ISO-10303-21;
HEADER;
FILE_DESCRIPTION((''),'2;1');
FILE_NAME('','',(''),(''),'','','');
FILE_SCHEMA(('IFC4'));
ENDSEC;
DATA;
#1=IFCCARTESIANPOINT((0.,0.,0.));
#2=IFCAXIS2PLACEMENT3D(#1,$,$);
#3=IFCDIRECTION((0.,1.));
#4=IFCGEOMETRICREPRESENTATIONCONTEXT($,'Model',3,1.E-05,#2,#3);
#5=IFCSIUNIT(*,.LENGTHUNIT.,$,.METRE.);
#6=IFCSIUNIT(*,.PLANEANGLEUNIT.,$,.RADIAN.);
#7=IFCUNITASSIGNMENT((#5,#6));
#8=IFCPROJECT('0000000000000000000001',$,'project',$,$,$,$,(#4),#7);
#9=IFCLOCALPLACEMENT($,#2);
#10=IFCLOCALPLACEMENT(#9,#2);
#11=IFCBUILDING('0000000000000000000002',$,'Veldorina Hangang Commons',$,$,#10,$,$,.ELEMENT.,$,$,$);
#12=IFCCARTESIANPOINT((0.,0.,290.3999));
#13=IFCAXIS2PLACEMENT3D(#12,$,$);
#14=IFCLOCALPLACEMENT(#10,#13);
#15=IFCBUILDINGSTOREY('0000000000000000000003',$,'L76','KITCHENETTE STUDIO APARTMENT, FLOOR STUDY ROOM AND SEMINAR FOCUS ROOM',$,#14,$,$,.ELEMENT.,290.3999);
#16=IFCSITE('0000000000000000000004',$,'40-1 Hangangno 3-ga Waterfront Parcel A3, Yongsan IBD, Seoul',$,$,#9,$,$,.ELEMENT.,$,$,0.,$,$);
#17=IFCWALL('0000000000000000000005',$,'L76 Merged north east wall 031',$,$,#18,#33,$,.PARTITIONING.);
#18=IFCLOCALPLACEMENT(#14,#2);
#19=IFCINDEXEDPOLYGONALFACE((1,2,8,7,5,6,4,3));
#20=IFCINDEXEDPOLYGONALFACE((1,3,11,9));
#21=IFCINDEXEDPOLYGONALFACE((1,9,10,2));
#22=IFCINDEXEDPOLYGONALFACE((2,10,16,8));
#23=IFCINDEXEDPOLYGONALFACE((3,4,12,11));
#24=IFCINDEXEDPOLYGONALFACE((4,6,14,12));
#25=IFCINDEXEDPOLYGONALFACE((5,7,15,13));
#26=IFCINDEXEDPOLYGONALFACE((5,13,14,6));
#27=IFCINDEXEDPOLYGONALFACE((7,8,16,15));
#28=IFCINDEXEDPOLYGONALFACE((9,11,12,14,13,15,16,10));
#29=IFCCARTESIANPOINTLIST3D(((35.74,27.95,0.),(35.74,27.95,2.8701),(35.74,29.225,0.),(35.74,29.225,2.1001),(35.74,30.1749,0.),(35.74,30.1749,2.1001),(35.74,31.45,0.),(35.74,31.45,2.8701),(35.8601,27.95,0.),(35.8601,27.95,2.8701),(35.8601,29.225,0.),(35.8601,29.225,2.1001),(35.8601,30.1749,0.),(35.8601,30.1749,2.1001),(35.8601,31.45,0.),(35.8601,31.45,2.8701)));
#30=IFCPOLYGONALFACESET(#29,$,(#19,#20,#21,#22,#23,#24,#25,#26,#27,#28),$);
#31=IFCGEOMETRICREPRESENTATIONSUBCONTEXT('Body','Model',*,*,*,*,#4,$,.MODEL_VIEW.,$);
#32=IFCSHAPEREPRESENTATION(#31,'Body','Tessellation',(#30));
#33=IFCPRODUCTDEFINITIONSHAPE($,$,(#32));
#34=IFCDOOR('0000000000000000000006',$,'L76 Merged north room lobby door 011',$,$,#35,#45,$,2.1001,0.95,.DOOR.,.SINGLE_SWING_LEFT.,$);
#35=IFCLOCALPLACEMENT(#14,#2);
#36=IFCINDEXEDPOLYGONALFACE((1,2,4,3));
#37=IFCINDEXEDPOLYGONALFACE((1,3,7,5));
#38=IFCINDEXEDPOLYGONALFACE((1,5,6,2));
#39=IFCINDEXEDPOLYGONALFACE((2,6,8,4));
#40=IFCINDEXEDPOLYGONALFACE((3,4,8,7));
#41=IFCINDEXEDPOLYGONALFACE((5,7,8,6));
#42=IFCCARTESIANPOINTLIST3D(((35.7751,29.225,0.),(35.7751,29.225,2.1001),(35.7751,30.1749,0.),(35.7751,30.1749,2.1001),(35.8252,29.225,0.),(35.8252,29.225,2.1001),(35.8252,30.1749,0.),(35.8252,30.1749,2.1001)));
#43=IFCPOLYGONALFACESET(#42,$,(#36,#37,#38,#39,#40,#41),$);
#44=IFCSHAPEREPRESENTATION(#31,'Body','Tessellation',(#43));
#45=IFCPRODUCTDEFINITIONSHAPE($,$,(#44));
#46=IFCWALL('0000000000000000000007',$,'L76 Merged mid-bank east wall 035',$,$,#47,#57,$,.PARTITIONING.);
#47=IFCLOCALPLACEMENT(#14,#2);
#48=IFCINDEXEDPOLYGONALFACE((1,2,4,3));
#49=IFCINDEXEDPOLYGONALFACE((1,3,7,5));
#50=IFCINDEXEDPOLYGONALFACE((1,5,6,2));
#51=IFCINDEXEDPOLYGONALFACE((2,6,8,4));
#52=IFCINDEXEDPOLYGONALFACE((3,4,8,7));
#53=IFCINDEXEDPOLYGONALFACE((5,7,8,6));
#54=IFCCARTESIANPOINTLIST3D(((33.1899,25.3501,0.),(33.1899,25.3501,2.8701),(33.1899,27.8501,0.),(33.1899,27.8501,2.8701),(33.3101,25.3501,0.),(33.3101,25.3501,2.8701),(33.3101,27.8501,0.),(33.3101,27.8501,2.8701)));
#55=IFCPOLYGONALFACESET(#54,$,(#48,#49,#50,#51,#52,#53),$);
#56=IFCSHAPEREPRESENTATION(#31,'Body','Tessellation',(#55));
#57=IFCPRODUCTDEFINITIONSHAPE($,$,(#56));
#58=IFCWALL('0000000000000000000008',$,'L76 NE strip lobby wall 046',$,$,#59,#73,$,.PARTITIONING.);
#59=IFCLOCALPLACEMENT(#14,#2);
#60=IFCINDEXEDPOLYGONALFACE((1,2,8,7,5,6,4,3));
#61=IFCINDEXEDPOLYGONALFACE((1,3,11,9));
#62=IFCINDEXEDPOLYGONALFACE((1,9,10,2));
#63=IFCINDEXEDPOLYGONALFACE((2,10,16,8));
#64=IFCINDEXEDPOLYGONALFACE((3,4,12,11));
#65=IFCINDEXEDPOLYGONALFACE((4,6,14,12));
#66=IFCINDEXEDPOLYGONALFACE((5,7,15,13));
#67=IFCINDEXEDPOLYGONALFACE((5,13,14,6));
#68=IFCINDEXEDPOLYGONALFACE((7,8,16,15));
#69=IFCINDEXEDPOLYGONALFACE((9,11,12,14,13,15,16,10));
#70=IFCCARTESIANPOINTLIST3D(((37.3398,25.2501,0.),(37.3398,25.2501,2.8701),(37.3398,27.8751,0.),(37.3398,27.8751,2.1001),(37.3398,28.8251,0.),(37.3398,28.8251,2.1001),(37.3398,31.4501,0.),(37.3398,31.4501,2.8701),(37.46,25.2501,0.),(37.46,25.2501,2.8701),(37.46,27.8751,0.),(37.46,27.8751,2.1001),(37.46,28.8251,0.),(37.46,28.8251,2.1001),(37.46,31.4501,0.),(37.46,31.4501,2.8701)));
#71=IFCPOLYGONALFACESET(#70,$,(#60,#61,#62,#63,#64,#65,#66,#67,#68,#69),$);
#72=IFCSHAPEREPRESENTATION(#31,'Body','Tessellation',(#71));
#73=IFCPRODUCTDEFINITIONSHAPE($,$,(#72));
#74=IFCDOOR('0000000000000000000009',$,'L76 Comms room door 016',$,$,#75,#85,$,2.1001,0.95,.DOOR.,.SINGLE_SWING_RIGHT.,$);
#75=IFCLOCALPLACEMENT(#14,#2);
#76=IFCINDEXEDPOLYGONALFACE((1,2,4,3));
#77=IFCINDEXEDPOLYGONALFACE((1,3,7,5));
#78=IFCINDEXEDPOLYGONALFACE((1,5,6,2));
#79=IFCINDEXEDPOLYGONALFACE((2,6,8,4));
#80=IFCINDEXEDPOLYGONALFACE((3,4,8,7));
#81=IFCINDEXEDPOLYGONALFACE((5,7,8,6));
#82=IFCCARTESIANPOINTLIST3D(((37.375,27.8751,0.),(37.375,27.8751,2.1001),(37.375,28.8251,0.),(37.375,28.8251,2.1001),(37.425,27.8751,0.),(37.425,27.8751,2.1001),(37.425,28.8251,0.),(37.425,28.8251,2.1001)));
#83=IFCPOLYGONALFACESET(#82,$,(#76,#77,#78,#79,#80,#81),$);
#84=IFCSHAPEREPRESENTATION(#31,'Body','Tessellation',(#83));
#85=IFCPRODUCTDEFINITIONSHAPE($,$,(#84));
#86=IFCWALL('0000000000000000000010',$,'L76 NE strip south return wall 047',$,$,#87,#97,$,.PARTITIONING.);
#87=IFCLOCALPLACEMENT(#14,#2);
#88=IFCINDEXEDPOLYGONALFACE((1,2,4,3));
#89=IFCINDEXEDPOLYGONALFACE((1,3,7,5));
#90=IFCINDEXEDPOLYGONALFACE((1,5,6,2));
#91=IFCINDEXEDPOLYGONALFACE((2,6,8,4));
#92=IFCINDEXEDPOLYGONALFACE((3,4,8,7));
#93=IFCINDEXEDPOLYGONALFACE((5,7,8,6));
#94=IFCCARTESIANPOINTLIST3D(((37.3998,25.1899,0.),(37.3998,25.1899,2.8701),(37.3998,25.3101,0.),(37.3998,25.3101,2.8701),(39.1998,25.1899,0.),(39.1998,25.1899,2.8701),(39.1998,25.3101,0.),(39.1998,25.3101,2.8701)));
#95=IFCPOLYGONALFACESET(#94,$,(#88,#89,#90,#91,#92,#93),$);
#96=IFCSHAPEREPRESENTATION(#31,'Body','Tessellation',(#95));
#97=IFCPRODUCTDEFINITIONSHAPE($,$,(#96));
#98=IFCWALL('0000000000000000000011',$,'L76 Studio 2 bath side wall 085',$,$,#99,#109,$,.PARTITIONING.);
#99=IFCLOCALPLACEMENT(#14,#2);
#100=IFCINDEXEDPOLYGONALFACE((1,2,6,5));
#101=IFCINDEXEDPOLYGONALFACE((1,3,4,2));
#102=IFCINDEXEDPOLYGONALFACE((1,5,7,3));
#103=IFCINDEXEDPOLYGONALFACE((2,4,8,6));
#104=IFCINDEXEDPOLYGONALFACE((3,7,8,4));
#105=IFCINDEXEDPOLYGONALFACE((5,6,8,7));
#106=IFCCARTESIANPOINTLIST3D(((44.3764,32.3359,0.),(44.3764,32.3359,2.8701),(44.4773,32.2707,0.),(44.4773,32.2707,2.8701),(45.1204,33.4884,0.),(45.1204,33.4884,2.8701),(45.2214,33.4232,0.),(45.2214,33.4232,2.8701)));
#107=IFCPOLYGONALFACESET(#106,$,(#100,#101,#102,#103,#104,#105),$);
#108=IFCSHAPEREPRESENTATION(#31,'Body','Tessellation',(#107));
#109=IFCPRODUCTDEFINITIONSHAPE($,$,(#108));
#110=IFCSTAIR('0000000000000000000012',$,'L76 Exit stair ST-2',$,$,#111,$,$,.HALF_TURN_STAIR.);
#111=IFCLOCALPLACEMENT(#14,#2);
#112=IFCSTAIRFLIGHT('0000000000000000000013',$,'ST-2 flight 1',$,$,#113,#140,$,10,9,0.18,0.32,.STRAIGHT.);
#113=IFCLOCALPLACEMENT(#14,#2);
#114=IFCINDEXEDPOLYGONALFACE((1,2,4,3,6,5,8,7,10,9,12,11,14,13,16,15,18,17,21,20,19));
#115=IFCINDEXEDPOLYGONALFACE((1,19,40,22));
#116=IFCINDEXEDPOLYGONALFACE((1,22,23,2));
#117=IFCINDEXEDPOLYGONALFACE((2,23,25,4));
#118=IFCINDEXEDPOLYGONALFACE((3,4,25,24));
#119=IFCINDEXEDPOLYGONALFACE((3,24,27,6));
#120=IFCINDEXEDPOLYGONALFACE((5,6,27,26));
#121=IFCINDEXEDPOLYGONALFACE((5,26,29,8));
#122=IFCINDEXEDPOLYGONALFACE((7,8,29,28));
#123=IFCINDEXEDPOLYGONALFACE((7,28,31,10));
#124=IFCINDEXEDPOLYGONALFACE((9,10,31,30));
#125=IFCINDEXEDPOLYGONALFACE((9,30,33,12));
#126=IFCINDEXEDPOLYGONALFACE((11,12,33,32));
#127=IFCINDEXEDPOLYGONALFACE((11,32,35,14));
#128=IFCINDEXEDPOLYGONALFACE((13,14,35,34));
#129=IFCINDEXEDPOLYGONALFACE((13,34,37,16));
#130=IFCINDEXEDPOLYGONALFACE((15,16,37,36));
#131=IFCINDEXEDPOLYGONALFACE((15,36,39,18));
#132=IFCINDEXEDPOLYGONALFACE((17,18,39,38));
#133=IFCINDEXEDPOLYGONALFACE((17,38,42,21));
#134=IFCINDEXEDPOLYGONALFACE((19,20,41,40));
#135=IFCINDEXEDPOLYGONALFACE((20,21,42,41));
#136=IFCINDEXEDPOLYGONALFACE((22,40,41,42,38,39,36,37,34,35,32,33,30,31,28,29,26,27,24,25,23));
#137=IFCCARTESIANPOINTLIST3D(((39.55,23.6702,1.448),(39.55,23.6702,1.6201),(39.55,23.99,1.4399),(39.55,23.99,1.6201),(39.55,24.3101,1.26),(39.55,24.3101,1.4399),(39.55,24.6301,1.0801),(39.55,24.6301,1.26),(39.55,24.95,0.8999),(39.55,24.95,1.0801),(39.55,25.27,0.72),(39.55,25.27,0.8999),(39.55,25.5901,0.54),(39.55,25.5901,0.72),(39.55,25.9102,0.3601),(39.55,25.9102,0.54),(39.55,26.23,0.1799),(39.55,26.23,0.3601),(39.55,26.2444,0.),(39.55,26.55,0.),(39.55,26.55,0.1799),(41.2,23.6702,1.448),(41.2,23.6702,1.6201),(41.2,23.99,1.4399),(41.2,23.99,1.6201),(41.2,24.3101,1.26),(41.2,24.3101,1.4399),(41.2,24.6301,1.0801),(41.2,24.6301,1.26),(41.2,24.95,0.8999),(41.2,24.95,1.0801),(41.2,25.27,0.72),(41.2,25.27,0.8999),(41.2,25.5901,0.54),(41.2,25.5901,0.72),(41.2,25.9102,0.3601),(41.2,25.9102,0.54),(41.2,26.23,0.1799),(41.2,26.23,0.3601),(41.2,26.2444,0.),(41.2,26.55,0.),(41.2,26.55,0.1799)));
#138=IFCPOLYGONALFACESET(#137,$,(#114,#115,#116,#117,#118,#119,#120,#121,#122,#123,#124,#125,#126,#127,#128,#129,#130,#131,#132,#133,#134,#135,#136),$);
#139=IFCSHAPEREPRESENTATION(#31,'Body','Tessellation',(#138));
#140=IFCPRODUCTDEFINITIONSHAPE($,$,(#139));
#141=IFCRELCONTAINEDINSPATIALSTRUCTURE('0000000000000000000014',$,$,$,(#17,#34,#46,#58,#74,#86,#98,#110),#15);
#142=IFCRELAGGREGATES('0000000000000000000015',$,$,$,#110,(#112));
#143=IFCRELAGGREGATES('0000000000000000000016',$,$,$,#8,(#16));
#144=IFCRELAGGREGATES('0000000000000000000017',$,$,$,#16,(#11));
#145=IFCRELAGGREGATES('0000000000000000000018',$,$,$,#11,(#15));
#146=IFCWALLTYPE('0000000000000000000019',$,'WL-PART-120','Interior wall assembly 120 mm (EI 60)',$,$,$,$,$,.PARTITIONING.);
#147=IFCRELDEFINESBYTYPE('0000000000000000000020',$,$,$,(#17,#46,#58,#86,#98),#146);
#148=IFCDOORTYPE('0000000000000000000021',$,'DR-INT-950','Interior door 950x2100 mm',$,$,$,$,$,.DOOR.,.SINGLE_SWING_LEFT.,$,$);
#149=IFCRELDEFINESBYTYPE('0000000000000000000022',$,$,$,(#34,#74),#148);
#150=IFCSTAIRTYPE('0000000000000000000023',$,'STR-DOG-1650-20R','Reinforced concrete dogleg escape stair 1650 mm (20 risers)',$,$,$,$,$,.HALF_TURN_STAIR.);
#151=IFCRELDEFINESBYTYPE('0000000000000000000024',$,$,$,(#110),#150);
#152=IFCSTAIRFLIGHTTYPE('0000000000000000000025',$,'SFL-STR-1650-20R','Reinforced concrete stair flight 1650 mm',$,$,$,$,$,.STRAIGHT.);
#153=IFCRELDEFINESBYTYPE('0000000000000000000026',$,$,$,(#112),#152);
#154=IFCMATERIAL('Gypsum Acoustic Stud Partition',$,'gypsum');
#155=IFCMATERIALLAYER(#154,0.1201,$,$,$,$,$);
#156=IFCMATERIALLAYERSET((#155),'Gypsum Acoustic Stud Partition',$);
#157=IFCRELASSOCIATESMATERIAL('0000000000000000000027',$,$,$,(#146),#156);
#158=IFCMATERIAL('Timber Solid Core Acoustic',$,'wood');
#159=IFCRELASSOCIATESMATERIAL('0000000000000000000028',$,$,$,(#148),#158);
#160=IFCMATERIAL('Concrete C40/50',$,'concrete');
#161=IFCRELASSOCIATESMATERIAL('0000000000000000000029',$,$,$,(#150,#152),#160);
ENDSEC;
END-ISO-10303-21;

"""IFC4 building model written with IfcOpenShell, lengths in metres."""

from ifc_helpers import new_model, si_unit, direction, frame, frame_2d, origin, place, context, subcontext, project, spatial, polyline, rectangle, outline, extrude, material, layer, layer_set, type_object, element, fill, aggregate, save


model = new_model("IFC4")

# Units and contexts
model_context = context("Model", 3, precision=1e-05, world=origin(), true_north=direction((0.0, 1.0)))
body_context = subcontext(model_context, "Body", "Model", "MODEL_VIEW")
ifc_project = project(units=[si_unit("LENGTHUNIT", "METRE"), si_unit("PLANEANGLEUNIT", "RADIAN")], contexts=[model_context])

# Site, building, storey
site_placement = place(None, origin())
site = spatial("IfcSite", under=ifc_project, at=site_placement, Name="40-1 Hangangno 3-ga Waterfront Parcel A3, Yongsan IBD, Seoul", CompositionType="ELEMENT", RefElevation=0.0)
building_placement = place(site_placement, origin())
building = spatial("IfcBuilding", under=site, at=building_placement, Name="Veldorina Hangang Commons", CompositionType="ELEMENT")
storey_placement = place(building_placement, frame((0.0, 0.0, 290.3999)))
storey = spatial("IfcBuildingStorey", under=building, at=storey_placement, Name="L76", Description="KITCHENETTE STUDIO APARTMENT, FLOOR STUDY ROOM AND SEMINAR FOCUS ROOM", CompositionType="ELEMENT", Elevation=290.3999)

# Wall, opening, door
ifc_material_1 = material(Name="Gypsum Acoustic Stud Partition", Category="gypsum")
ifc_layer_1 = layer(ifc_material_1, 0.1201)
ifc_layer_set_1 = layer_set([ifc_layer_1], Name="Gypsum Acoustic Stud Partition")
wall_type_1 = type_object("IfcWallType", Name="WL-PART-120", Description="Interior wall assembly 120 mm (EI 60)", PredefinedType="PARTITIONING", material=ifc_layer_set_1)
wall_1_placement = place(storey_placement, frame((35.8, 27.95, 0.0), z_axis=(0.0, 0.0, 1.0), x_axis=(0.0, 1.0, 0.0)))
wall_1 = element("IfcWall", 1, at=wall_1_placement, inside=storey, type_object=wall_type_1, Name="L76 Merged north east wall 031", PredefinedType="PARTITIONING", context=body_context, shape_type="SweptSolid", body=[
    extrude(rectangle(XDim=3.5, YDim=0.1201, at=frame_2d((1.75, 0.0))), origin(), (0.0, 0.0, 1.0), 2.8701),
])
opening_1_placement = place(wall_1_placement, frame((1.2749, 0.0, 0.0)))
opening_1 = element("IfcOpeningElement", 2, at=opening_1_placement, cuts=wall_1, PredefinedType="OPENING", context=body_context, shape_type="SweptSolid", body=[
    extrude(rectangle(XDim=0.95, YDim=2.1001, at=frame_2d((0.4751, 1.05))), frame((0.0, 0.0701, 0.0), z_axis=(0.0, -1.0, 0.0), x_axis=(1.0, 0.0, 0.0)), (0.0, 0.0, 1.0), 0.1401),
])
ifc_material_2 = material(Name="Timber Solid Core Acoustic", Category="wood")
door_type_1 = type_object("IfcDoorType", Name="DR-INT-950", Description="Interior door 950x2100 mm", OperationType="SINGLE_SWING_LEFT", PredefinedType="DOOR", material=ifc_material_2)
door_1_placement = place(opening_1_placement, origin())
door_1 = element("IfcDoor", 3, at=door_1_placement, inside=storey, type_object=door_type_1, Name="L76 Merged north room lobby door 011", OperationType="SINGLE_SWING_LEFT", OverallHeight=2.1001, OverallWidth=0.95, PredefinedType="DOOR", context=body_context, shape_type="SweptSolid", body=[
    extrude(rectangle(XDim=0.95, YDim=2.1001, at=frame_2d((0.4751, 1.05))), frame((0.0, 0.0249, 0.0), z_axis=(0.0, -1.0, 0.0), x_axis=(1.0, 0.0, 0.0)), (0.0, 0.0, 1.0), 0.05),
])
fill(opening_1, door_1)

# Wall
wall_2_placement = place(storey_placement, frame((33.25, 25.3501, 0.0), z_axis=(0.0, 0.0, 1.0), x_axis=(0.0, 1.0, 0.0)))
element("IfcWall", 4, at=wall_2_placement, inside=storey, type_object=wall_type_1, Name="L76 Merged mid-bank east wall 035", PredefinedType="PARTITIONING", context=body_context, shape_type="SweptSolid", body=[
    extrude(rectangle(XDim=2.5, YDim=0.1201, at=frame_2d((1.25, 0.0))), origin(), (0.0, 0.0, 1.0), 2.8701),
])

# Wall, opening, door
wall_3_placement = place(storey_placement, frame((37.3999, 25.25, 0.0), z_axis=(0.0, 0.0, 1.0), x_axis=(0.0, 1.0, 0.0)))
wall_3 = element("IfcWall", 5, at=wall_3_placement, inside=storey, type_object=wall_type_1, Name="L76 NE strip lobby wall 046", PredefinedType="PARTITIONING", context=body_context, shape_type="SweptSolid", body=[
    extrude(rectangle(XDim=6.2, YDim=0.1201, at=frame_2d((3.1001, 0.0))), origin(), (0.0, 0.0, 1.0), 2.8701),
])
opening_2_placement = place(wall_3_placement, frame((2.625, 0.0, 0.0)))
opening_2 = element("IfcOpeningElement", 6, at=opening_2_placement, cuts=wall_3, PredefinedType="OPENING", context=body_context, shape_type="SweptSolid", body=[
    extrude(rectangle(XDim=0.95, YDim=2.1001, at=frame_2d((0.4751, 1.05))), frame((0.0, 0.0701, 0.0), z_axis=(0.0, -1.0, 0.0), x_axis=(1.0, 0.0, 0.0)), (0.0, 0.0, 1.0), 0.1401),
])
door_2_placement = place(opening_2_placement, origin())
door_2 = element("IfcDoor", 7, at=door_2_placement, inside=storey, type_object=door_type_1, Name="L76 Comms room door 016", OperationType="SINGLE_SWING_RIGHT", OverallHeight=2.1001, OverallWidth=0.95, PredefinedType="DOOR", context=body_context, shape_type="SweptSolid", body=[
    extrude(rectangle(XDim=0.95, YDim=2.1001, at=frame_2d((0.4751, 1.05))), frame((0.0, 0.0249, 0.0), z_axis=(0.0, -1.0, 0.0), x_axis=(1.0, 0.0, 0.0)), (0.0, 0.0, 1.0), 0.05),
])
fill(opening_2, door_2)

# Walls
wall_4_placement = place(storey_placement, frame((37.3999, 25.25, 0.0), z_axis=(0.0, 0.0, 1.0), x_axis=(1.0, 0.0, 0.0)))
element("IfcWall", 8, at=wall_4_placement, inside=storey, type_object=wall_type_1, Name="L76 NE strip south return wall 047", PredefinedType="PARTITIONING", context=body_context, shape_type="SweptSolid", body=[
    extrude(rectangle(XDim=1.8, YDim=0.1201, at=frame_2d((0.8999, 0.0))), origin(), (0.0, 0.0, 1.0), 2.8701),
])
wall_5_placement = place(storey_placement, frame((44.4268, 32.3032, 0.0), z_axis=(0.0, 0.0, 1.0), x_axis=(0.542402, 0.840119, 0.0)))
element("IfcWall", 9, at=wall_5_placement, inside=storey, type_object=wall_type_1, Name="L76 Studio 2 bath side wall 085", PredefinedType="PARTITIONING", context=body_context, shape_type="SweptSolid", body=[
    extrude(rectangle(XDim=1.3718, YDim=0.1201, at=frame_2d((0.686, 0.0))), origin(), (0.0, 0.0, 1.0), 2.8701),
])

# Stair, stair flight
ifc_material_3 = material(Name="Concrete C40/50", Category="concrete")
stair_type = type_object("IfcStairType", Name="STR-DOG-1650-20R", Description="Reinforced concrete dogleg escape stair 1650 mm (20 risers)", PredefinedType="HALF_TURN_STAIR", material=ifc_material_3)
stair_placement = place(storey_placement, origin())
stair = element("IfcStair", 10, at=stair_placement, inside=storey, type_object=stair_type, Name="L76 Exit stair ST-2", PredefinedType="HALF_TURN_STAIR")
stair_flight_type = type_object("IfcStairFlightType", Name="SFL-STR-1650-20R", Description="Reinforced concrete stair flight 1650 mm", PredefinedType="STRAIGHT", material=ifc_material_3)
stair_flight_placement = place(storey_placement, frame((40.375, 26.55, 0.0), z_axis=(0.0, 0.0, 1.0), x_axis=(0.0, -1.0, 0.0)))
stair_flight = element("IfcStairFlight", 11, at=stair_flight_placement, type_object=stair_flight_type, Name="ST-2 flight 1", NumberOfRisers=10, NumberOfTreads=9, PredefinedType="STRAIGHT", RiserHeight=0.18, TreadLength=0.32, context=body_context, shape_type="SweptSolid", body=[
    extrude(outline(polyline([(0.0, 0.0), (0.0, 0.1799), (0.3201, 0.1799), (0.3201, 0.3601), (0.6399, 0.3601), (0.6399, 0.54), (0.96, 0.54), (0.96, 0.72), (1.28, 0.72), (1.28, 0.8999), (1.6001, 0.8999), (1.6001, 1.0801), (1.9199, 1.0801), (1.9199, 1.26), (2.24, 1.26), (2.24, 1.4399), (2.5601, 1.4399), (2.5601, 1.6201), (2.8799, 1.6201), (2.8799, 1.8), (2.8799, 1.448), (0.3057, 0.0), (0.0, 0.0)])), frame((0.0, 0.825, 0.0), z_axis=(0.0, -1.0, 0.0), x_axis=(1.0, 0.0, 0.0)), (0.0, 0.0, 1.0), 1.6499),
])
aggregate(stair, [stair_flight])

save(model, "model.ifc")
